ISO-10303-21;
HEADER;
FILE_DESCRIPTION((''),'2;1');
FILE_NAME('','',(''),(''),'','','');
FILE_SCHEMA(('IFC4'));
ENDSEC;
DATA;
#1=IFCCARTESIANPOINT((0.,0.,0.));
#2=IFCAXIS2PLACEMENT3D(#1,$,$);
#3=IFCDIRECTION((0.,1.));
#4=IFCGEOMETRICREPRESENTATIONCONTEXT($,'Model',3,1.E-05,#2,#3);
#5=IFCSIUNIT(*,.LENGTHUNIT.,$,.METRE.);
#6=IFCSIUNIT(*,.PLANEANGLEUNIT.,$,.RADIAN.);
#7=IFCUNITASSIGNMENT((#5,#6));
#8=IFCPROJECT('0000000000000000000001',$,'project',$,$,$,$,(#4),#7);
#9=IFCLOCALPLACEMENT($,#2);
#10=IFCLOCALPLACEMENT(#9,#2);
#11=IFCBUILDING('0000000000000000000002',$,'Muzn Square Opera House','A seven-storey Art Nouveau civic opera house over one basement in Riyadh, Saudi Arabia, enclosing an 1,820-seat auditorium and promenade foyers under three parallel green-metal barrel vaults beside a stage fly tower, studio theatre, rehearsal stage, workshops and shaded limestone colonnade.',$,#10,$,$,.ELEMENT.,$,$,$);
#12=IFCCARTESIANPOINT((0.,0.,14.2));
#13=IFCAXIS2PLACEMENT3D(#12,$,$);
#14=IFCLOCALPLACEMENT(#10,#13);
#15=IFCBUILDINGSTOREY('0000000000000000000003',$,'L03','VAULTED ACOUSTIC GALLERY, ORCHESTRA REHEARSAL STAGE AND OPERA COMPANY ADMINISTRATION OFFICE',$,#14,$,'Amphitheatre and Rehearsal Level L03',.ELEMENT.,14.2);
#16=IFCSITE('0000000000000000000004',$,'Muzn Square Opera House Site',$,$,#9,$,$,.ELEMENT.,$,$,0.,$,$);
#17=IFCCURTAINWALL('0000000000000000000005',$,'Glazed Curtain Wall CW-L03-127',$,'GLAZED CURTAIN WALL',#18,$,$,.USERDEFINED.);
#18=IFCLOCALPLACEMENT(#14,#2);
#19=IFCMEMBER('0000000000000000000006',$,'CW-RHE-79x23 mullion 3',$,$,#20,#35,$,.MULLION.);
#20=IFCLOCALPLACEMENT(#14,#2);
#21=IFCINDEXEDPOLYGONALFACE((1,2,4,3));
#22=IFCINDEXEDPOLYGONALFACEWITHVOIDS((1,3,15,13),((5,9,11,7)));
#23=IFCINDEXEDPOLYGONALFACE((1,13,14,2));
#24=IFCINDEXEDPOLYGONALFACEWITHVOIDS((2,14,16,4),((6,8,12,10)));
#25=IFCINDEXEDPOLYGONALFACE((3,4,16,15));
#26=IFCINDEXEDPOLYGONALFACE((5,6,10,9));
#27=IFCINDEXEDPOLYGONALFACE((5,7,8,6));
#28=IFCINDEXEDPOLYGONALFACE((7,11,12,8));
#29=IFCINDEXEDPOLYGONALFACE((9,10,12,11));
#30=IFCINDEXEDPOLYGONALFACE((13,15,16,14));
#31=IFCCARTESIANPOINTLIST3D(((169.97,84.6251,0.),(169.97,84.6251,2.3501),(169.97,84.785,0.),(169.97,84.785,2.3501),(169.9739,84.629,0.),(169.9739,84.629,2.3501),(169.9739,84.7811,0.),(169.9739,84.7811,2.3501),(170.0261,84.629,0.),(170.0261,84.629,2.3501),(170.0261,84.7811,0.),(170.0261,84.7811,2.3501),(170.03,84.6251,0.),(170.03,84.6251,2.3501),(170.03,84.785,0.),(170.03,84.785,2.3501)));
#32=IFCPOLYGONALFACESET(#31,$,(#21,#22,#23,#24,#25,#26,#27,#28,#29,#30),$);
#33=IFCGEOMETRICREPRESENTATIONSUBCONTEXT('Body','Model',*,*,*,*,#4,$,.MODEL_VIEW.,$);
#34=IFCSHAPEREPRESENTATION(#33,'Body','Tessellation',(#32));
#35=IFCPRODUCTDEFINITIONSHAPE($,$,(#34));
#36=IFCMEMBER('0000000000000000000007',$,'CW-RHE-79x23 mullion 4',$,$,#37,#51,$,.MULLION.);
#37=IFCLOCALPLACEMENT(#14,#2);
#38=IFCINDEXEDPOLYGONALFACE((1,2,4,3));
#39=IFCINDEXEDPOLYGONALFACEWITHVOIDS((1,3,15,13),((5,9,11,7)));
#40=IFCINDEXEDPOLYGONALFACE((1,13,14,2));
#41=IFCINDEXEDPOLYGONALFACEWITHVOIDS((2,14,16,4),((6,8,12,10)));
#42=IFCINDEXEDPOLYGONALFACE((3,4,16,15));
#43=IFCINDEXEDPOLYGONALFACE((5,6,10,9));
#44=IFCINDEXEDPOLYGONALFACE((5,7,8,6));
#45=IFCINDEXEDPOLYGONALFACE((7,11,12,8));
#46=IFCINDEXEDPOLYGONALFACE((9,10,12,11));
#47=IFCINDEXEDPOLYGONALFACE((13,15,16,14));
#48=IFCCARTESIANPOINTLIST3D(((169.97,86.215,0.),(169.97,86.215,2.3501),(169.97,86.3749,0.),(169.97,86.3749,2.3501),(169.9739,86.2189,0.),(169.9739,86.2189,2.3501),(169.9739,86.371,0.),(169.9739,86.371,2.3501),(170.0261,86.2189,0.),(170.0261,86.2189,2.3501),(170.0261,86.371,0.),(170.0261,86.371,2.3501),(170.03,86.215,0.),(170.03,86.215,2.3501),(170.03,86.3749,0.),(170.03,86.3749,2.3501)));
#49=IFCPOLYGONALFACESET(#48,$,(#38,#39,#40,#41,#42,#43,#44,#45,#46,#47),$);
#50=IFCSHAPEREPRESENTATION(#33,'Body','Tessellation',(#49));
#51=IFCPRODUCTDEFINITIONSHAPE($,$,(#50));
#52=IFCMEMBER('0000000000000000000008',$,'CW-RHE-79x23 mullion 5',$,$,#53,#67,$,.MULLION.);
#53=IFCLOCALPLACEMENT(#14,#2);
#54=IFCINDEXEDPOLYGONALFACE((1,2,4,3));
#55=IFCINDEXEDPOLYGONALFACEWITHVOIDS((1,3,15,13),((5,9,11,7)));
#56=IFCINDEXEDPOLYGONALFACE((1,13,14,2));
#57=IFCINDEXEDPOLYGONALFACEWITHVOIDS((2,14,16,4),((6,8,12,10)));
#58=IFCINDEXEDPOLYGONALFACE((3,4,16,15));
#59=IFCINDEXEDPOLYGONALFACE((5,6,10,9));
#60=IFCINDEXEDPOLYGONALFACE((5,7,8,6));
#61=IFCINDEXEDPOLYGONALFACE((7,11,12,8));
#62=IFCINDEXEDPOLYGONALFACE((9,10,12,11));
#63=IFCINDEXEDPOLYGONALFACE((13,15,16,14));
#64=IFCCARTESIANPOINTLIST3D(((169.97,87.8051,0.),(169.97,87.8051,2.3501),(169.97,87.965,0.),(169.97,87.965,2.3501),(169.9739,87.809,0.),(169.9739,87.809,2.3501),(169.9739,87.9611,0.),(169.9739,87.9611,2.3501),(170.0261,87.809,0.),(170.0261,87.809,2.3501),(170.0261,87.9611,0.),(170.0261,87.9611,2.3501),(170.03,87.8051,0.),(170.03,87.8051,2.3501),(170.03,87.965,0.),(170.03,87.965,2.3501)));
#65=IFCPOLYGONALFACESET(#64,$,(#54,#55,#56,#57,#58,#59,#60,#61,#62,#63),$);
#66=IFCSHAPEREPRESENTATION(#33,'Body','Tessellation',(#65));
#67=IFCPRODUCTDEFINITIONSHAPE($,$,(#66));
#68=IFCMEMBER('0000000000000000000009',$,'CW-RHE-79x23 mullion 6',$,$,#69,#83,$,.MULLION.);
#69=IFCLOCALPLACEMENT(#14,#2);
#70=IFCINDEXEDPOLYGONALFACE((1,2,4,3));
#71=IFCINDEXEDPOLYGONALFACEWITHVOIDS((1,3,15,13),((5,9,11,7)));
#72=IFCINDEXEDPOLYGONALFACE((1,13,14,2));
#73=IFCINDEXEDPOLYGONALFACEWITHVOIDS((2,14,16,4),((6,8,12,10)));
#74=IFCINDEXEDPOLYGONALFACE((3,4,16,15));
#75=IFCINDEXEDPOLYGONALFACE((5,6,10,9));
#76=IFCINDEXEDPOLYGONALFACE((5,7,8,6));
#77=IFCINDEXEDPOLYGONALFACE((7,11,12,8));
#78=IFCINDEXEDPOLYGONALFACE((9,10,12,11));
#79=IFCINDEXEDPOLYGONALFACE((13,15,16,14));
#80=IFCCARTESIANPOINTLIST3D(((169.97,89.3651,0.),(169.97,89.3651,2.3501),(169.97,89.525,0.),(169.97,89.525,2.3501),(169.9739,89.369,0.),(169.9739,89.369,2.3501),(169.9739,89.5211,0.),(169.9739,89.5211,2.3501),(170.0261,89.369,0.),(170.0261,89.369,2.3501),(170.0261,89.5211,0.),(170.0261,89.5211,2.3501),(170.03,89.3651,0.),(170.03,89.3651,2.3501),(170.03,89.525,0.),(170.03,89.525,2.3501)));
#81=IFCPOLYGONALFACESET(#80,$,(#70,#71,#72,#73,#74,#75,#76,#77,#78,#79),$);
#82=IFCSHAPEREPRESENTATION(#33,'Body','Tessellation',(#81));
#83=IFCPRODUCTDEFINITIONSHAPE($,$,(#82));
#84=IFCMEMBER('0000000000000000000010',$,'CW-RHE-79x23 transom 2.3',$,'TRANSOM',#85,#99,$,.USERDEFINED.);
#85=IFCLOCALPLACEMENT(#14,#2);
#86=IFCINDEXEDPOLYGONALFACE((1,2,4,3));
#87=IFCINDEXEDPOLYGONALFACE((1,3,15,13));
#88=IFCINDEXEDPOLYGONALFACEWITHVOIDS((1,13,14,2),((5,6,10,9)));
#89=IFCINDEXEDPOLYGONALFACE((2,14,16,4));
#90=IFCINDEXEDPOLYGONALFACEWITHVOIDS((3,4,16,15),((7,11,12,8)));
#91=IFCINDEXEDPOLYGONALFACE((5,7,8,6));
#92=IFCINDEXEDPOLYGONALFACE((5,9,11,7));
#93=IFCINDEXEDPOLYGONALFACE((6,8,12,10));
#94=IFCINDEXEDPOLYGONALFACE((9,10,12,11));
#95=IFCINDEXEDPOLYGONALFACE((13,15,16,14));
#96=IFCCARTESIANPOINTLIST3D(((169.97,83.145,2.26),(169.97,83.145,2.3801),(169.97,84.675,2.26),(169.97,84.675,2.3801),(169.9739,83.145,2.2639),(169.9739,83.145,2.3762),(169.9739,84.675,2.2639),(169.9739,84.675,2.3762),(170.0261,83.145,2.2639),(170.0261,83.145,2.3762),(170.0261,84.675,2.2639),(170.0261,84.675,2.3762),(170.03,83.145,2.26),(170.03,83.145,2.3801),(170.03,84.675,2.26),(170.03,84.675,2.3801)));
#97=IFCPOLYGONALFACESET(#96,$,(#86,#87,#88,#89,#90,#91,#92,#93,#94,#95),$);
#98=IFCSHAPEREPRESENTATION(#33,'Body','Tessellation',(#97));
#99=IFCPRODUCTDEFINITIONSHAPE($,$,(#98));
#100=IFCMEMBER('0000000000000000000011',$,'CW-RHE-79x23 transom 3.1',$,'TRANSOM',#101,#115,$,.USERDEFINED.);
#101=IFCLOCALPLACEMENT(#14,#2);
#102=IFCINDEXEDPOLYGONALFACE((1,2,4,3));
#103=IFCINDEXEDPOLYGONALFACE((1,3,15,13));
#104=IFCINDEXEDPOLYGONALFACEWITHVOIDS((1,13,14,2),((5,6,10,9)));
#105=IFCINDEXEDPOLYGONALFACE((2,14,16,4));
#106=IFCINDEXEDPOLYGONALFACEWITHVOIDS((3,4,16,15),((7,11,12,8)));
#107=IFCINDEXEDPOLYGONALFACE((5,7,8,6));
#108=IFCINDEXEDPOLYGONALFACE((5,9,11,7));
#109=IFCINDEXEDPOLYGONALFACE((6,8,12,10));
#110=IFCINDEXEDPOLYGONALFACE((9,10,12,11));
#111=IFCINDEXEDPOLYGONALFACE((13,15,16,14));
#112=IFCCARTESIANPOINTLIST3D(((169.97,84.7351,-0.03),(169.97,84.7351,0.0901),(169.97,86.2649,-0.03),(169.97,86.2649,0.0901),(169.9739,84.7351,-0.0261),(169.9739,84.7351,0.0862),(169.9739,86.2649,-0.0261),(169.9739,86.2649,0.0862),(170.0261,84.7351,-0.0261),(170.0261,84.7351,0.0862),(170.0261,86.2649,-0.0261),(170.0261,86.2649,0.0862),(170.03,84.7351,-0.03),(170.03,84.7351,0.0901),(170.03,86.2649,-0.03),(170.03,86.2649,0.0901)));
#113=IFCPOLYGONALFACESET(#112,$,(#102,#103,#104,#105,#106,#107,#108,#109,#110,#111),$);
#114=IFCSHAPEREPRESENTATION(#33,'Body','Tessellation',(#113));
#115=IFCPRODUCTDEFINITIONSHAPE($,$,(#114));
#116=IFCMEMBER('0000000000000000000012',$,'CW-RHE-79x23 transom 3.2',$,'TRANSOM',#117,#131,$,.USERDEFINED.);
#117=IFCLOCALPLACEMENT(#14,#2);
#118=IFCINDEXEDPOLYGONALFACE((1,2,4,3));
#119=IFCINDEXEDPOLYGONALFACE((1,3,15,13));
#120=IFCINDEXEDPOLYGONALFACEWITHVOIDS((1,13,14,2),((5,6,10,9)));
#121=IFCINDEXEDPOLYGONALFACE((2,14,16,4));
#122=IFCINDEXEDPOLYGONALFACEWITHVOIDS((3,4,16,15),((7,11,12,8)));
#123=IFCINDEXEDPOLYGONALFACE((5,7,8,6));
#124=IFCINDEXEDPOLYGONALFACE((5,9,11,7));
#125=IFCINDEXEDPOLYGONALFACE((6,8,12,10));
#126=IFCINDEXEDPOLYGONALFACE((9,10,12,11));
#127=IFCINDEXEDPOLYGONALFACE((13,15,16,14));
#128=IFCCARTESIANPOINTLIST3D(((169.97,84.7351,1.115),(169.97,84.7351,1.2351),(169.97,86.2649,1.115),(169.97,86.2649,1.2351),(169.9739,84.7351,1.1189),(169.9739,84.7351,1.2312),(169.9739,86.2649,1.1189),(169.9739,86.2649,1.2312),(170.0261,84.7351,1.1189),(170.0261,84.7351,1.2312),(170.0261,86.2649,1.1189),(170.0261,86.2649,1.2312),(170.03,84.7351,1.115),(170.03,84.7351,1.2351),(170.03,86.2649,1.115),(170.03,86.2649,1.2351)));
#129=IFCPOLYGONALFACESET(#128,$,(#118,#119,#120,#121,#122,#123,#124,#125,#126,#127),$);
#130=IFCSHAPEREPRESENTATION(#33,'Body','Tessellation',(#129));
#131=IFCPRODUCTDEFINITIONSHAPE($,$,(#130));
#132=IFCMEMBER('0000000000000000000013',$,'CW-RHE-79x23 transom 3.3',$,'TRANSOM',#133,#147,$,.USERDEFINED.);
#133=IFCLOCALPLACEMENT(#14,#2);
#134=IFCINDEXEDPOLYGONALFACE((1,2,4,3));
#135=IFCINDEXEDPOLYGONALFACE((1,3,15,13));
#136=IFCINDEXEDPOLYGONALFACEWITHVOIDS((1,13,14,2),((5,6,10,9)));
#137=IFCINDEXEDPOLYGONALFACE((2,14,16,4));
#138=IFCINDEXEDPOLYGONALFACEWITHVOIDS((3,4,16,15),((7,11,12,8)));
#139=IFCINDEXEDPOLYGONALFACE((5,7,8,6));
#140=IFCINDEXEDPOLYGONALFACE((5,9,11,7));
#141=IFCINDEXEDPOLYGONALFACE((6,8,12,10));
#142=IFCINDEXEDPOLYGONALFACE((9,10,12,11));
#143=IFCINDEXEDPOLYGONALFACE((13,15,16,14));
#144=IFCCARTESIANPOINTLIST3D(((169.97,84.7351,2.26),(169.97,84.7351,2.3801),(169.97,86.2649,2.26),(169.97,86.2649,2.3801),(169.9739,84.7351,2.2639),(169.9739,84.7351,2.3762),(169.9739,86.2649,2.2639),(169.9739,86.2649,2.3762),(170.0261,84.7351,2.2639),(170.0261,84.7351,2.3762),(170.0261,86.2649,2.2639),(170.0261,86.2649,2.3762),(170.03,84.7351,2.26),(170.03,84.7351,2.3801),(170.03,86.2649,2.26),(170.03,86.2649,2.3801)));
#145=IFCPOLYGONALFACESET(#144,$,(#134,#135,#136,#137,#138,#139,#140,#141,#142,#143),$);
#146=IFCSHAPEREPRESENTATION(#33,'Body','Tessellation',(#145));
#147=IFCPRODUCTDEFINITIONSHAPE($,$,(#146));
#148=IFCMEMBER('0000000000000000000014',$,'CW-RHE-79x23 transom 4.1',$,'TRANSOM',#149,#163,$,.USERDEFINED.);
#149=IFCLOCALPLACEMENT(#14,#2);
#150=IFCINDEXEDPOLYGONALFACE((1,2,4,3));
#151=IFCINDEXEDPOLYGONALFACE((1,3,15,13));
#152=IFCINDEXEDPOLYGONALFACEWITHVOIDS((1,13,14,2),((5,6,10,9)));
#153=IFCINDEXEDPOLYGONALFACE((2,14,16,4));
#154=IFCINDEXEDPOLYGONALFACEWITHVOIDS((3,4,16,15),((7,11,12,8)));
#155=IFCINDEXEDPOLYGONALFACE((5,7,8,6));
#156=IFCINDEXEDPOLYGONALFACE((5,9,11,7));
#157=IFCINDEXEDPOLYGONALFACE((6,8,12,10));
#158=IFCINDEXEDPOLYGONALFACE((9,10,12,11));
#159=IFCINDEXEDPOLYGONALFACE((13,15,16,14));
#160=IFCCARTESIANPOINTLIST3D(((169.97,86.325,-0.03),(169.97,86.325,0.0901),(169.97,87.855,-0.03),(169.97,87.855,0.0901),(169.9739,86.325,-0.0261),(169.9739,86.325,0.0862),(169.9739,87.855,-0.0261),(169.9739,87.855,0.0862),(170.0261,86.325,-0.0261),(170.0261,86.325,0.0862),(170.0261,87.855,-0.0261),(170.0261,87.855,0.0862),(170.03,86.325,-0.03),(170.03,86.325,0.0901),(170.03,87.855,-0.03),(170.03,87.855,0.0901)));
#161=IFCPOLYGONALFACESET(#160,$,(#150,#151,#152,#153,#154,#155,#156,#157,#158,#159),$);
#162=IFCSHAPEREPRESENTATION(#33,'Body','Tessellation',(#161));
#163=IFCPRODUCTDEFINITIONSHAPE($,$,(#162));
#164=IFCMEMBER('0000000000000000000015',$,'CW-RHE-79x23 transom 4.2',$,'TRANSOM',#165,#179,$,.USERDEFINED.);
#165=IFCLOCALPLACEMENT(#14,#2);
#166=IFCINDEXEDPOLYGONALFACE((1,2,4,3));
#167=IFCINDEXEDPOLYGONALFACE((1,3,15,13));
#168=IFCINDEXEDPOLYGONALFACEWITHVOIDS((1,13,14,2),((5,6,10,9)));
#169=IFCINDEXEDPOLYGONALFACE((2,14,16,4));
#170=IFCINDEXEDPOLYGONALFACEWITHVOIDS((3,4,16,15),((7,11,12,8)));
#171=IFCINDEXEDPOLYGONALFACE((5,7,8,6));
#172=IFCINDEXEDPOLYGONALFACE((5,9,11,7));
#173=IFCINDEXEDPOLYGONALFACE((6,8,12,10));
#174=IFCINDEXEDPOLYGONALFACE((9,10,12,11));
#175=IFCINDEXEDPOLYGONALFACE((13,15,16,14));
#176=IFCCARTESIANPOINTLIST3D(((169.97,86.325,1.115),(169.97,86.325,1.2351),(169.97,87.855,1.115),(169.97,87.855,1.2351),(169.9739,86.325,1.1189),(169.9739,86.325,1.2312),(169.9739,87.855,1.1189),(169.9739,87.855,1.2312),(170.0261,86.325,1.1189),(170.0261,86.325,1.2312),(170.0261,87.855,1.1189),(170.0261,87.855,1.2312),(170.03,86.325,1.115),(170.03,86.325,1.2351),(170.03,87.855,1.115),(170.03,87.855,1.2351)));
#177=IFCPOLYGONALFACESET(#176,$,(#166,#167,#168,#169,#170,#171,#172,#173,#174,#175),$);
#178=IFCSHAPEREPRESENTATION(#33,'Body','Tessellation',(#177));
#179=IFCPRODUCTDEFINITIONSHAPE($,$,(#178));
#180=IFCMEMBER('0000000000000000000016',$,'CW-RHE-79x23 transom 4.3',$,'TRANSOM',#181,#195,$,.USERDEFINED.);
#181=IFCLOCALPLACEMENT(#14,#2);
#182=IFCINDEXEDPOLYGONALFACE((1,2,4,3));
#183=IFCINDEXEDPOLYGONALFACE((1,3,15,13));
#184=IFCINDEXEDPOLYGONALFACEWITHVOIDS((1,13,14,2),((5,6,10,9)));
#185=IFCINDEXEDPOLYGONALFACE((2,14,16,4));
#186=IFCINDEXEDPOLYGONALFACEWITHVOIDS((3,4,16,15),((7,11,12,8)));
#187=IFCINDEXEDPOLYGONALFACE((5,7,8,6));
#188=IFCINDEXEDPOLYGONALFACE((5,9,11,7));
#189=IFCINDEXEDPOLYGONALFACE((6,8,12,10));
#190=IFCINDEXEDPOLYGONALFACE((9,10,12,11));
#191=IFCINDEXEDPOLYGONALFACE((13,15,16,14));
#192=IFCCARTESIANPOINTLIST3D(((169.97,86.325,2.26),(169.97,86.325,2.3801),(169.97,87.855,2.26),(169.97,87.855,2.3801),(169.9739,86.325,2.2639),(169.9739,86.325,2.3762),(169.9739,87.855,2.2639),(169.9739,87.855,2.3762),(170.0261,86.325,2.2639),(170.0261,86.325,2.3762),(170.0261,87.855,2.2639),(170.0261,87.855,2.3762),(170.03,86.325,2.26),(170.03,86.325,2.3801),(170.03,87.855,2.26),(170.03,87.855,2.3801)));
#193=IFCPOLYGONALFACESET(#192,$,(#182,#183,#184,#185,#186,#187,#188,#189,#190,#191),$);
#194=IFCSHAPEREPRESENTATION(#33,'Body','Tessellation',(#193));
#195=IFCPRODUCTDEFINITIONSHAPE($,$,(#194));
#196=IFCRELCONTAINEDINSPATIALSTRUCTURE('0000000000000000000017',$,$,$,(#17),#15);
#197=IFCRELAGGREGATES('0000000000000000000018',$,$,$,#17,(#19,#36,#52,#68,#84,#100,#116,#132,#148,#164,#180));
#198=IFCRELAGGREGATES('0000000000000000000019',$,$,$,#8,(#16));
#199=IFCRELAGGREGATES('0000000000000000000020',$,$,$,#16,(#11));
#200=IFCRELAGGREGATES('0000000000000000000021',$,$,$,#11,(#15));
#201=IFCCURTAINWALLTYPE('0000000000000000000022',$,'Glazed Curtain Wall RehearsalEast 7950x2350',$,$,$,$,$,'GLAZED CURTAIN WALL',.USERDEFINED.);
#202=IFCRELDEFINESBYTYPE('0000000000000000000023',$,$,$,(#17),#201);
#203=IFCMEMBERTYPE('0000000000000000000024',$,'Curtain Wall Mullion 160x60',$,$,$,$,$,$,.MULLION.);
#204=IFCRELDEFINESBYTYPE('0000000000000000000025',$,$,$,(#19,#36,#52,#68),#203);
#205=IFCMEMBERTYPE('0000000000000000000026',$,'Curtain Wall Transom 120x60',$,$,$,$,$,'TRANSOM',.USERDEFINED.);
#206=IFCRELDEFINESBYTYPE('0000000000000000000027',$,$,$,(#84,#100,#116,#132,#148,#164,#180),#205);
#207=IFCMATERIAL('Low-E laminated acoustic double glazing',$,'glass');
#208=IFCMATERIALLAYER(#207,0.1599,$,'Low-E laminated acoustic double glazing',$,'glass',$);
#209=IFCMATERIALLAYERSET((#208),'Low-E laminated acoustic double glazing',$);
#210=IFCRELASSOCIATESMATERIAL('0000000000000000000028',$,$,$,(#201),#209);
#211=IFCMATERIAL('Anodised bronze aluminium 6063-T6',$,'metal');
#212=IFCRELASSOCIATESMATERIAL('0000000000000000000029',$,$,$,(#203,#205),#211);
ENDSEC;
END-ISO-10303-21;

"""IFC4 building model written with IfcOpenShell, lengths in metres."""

from ifc_helpers import new_model, si_unit, direction, frame, origin, origin_2d, place, context, subcontext, project, spatial, hollow_rectangle, extrude, material, layer, layer_set, material_profile, profile_set, type_object, element, aggregate, save


model = new_model("IFC4")

# Units and contexts
model_context = context("Model", 3, precision=1e-05, world=origin(), true_north=direction((0.0, 1.0)))
body_context = subcontext(model_context, "Body", "Model", "MODEL_VIEW")
ifc_project = project(units=[si_unit("LENGTHUNIT", "METRE"), si_unit("PLANEANGLEUNIT", "RADIAN")], contexts=[model_context])

# Site, building, storey
site_placement = place(None, origin())
site = spatial("IfcSite", under=ifc_project, at=site_placement, Name="Muzn Square Opera House Site", CompositionType="ELEMENT", RefElevation=0.0)
building_placement = place(site_placement, origin())
building = spatial("IfcBuilding", under=site, at=building_placement, Name="Muzn Square Opera House", Description="A seven-storey Art Nouveau civic opera house over one basement in Riyadh, Saudi Arabia, enclosing an 1,820-seat auditorium and promenade foyers under three parallel green-metal barrel vaults beside a stage fly tower, studio theatre, rehearsal stage, workshops and shaded limestone colonnade.", CompositionType="ELEMENT")
storey_placement = place(building_placement, frame((0.0, 0.0, 14.2)))
storey = spatial("IfcBuildingStorey", under=building, at=storey_placement, Name="L03", Description="VAULTED ACOUSTIC GALLERY, ORCHESTRA REHEARSAL STAGE AND OPERA COMPANY ADMINISTRATION OFFICE", LongName="Amphitheatre and Rehearsal Level L03", CompositionType="ELEMENT", Elevation=14.2)

# Curtain wall, members
ifc_material_1 = material(Name="Low-E laminated acoustic double glazing", Category="glass")
ifc_layer_1 = layer(ifc_material_1, 0.1599, Name="Low-E laminated acoustic double glazing", Category="glass")
ifc_layer_set_1 = layer_set([ifc_layer_1], Name="Low-E laminated acoustic double glazing")
curtain_wall_type = type_object("IfcCurtainWallType", Name="Glazed Curtain Wall RehearsalEast 7950x2350", ElementType="GLAZED CURTAIN WALL", PredefinedType="USERDEFINED", material=ifc_layer_set_1)
curtain_wall_placement = place(storey_placement, origin())
curtain_wall = element("IfcCurtainWall", 1, at=curtain_wall_placement, inside=storey, type_object=curtain_wall_type, Name="Glazed Curtain Wall CW-L03-127", ObjectType="GLAZED CURTAIN WALL", PredefinedType="USERDEFINED")
ifc_material_2 = material(Name="Anodised bronze aluminium 6063-T6", Category="metal")
ifc_material_profile_1 = material_profile(ifc_material_2, hollow_rectangle(XDim=0.0601, YDim=0.1599, WallThickness=0.0039, at=origin_2d()), Name="ALU 160x60x4", Category="metal")
ifc_profile_set_1 = profile_set([ifc_material_profile_1], Name="Anodised bronze aluminium 6063-T6")
member_type_1 = type_object("IfcMemberType", Name="Curtain Wall Mullion 160x60", PredefinedType="MULLION", material=ifc_profile_set_1)
member_1_placement = place(storey_placement, frame((170.0, 84.7051, 0.0), z_axis=(0.0, 0.0, 1.0), x_axis=(-1.0, 0.0, 0.0)))
member_1 = element("IfcMember", 2, at=member_1_placement, type_object=member_type_1, Name="CW-RHE-79x23 mullion 3", PredefinedType="MULLION", context=body_context, shape_type="SweptSolid", body=[
    extrude(hollow_rectangle(XDim=0.0601, YDim=0.1599, WallThickness=0.0039, at=origin_2d()), origin(), (0.0, 0.0, 1.0), 2.3501),
])
member_2_placement = place(storey_placement, frame((170.0, 86.2949, 0.0), z_axis=(0.0, 0.0, 1.0), x_axis=(-1.0, 0.0, 0.0)))
member_2 = element("IfcMember", 3, at=member_2_placement, type_object=member_type_1, Name="CW-RHE-79x23 mullion 4", PredefinedType="MULLION", context=body_context, shape_type="SweptSolid", body=[
    extrude(hollow_rectangle(XDim=0.0601, YDim=0.1599, WallThickness=0.0039, at=origin_2d()), origin(), (0.0, 0.0, 1.0), 2.3501),
])
member_3_placement = place(storey_placement, frame((170.0, 87.885, 0.0), z_axis=(0.0, 0.0, 1.0), x_axis=(-1.0, 0.0, 0.0)))
member_3 = element("IfcMember", 4, at=member_3_placement, type_object=member_type_1, Name="CW-RHE-79x23 mullion 5", PredefinedType="MULLION", context=body_context, shape_type="SweptSolid", body=[
    extrude(hollow_rectangle(XDim=0.0601, YDim=0.1599, WallThickness=0.0039, at=origin_2d()), origin(), (0.0, 0.0, 1.0), 2.3501),
])
member_4_placement = place(storey_placement, frame((170.0, 89.4451, 0.0), z_axis=(0.0, 0.0, 1.0), x_axis=(-1.0, 0.0, 0.0)))
member_4 = element("IfcMember", 5, at=member_4_placement, type_object=member_type_1, Name="CW-RHE-79x23 mullion 6", PredefinedType="MULLION", context=body_context, shape_type="SweptSolid", body=[
    extrude(hollow_rectangle(XDim=0.0601, YDim=0.1599, WallThickness=0.0039, at=origin_2d()), origin(), (0.0, 0.0, 1.0), 2.3501),
])
ifc_material_profile_2 = material_profile(ifc_material_2, hollow_rectangle(XDim=0.0601, YDim=0.1201, WallThickness=0.0039, at=origin_2d()), Name="ALU 120x60x4", Category="metal")
ifc_profile_set_2 = profile_set([ifc_material_profile_2], Name="Anodised bronze aluminium 6063-T6")
member_type_2 = type_object("IfcMemberType", Name="Curtain Wall Transom 120x60", ElementType="TRANSOM", PredefinedType="USERDEFINED", material=ifc_profile_set_2)
member_5_placement = place(storey_placement, frame((170.0, 83.145, 2.3201), z_axis=(0.0, 1.0, 0.0), x_axis=(-1.0, 0.0, 0.0)))
member_5 = element("IfcMember", 6, at=member_5_placement, type_object=member_type_2, Name="CW-RHE-79x23 transom 2.3", ObjectType="TRANSOM", PredefinedType="USERDEFINED", context=body_context, shape_type="SweptSolid", body=[
    extrude(hollow_rectangle(XDim=0.0601, YDim=0.1201, WallThickness=0.0039, at=origin_2d()), origin(), (0.0, 0.0, 1.0), 1.53),
])
member_6_placement = place(storey_placement, frame((170.0, 84.7351, 0.03), z_axis=(0.0, 1.0, 0.0), x_axis=(-1.0, 0.0, 0.0)))
member_6 = element("IfcMember", 7, at=member_6_placement, type_object=member_type_2, Name="CW-RHE-79x23 transom 3.1", ObjectType="TRANSOM", PredefinedType="USERDEFINED", context=body_context, shape_type="SweptSolid", body=[
    extrude(hollow_rectangle(XDim=0.0601, YDim=0.1201, WallThickness=0.0039, at=origin_2d()), origin(), (0.0, 0.0, 1.0), 1.5298),
])
member_7_placement = place(storey_placement, frame((170.0, 84.7351, 1.175), z_axis=(0.0, 1.0, 0.0), x_axis=(-1.0, 0.0, 0.0)))
member_7 = element("IfcMember", 8, at=member_7_placement, type_object=member_type_2, Name="CW-RHE-79x23 transom 3.2", ObjectType="TRANSOM", PredefinedType="USERDEFINED", context=body_context, shape_type="SweptSolid", body=[
    extrude(hollow_rectangle(XDim=0.0601, YDim=0.1201, WallThickness=0.0039, at=origin_2d()), origin(), (0.0, 0.0, 1.0), 1.5298),
])
member_8_placement = place(storey_placement, frame((170.0, 84.7351, 2.3201), z_axis=(0.0, 1.0, 0.0), x_axis=(-1.0, 0.0, 0.0)))
member_8 = element("IfcMember", 9, at=member_8_placement, type_object=member_type_2, Name="CW-RHE-79x23 transom 3.3", ObjectType="TRANSOM", PredefinedType="USERDEFINED", context=body_context, shape_type="SweptSolid", body=[
    extrude(hollow_rectangle(XDim=0.0601, YDim=0.1201, WallThickness=0.0039, at=origin_2d()), origin(), (0.0, 0.0, 1.0), 1.5298),
])
member_9_placement = place(storey_placement, frame((170.0, 86.325, 0.03), z_axis=(0.0, 1.0, 0.0), x_axis=(-1.0, 0.0, 0.0)))
member_9 = element("IfcMember", 10, at=member_9_placement, type_object=member_type_2, Name="CW-RHE-79x23 transom 4.1", ObjectType="TRANSOM", PredefinedType="USERDEFINED", context=body_context, shape_type="SweptSolid", body=[
    extrude(hollow_rectangle(XDim=0.0601, YDim=0.1201, WallThickness=0.0039, at=origin_2d()), origin(), (0.0, 0.0, 1.0), 1.53),
])
member_10_placement = place(storey_placement, frame((170.0, 86.325, 1.175), z_axis=(0.0, 1.0, 0.0), x_axis=(-1.0, 0.0, 0.0)))
member_10 = element("IfcMember", 11, at=member_10_placement, type_object=member_type_2, Name="CW-RHE-79x23 transom 4.2", ObjectType="TRANSOM", PredefinedType="USERDEFINED", context=body_context, shape_type="SweptSolid", body=[
    extrude(hollow_rectangle(XDim=0.0601, YDim=0.1201, WallThickness=0.0039, at=origin_2d()), origin(), (0.0, 0.0, 1.0), 1.53),
])
member_11_placement = place(storey_placement, frame((170.0, 86.325, 2.3201), z_axis=(0.0, 1.0, 0.0), x_axis=(-1.0, 0.0, 0.0)))
member_11 = element("IfcMember", 12, at=member_11_placement, type_object=member_type_2, Name="CW-RHE-79x23 transom 4.3", ObjectType="TRANSOM", PredefinedType="USERDEFINED", context=body_context, shape_type="SweptSolid", body=[
    extrude(hollow_rectangle(XDim=0.0601, YDim=0.1201, WallThickness=0.0039, at=origin_2d()), origin(), (0.0, 0.0, 1.0), 1.53),
])
aggregate(curtain_wall, [member_1, member_2, member_3, member_4, member_5, member_6, member_7, member_8, member_9, member_10, member_11])

save(model, "model.ifc")
